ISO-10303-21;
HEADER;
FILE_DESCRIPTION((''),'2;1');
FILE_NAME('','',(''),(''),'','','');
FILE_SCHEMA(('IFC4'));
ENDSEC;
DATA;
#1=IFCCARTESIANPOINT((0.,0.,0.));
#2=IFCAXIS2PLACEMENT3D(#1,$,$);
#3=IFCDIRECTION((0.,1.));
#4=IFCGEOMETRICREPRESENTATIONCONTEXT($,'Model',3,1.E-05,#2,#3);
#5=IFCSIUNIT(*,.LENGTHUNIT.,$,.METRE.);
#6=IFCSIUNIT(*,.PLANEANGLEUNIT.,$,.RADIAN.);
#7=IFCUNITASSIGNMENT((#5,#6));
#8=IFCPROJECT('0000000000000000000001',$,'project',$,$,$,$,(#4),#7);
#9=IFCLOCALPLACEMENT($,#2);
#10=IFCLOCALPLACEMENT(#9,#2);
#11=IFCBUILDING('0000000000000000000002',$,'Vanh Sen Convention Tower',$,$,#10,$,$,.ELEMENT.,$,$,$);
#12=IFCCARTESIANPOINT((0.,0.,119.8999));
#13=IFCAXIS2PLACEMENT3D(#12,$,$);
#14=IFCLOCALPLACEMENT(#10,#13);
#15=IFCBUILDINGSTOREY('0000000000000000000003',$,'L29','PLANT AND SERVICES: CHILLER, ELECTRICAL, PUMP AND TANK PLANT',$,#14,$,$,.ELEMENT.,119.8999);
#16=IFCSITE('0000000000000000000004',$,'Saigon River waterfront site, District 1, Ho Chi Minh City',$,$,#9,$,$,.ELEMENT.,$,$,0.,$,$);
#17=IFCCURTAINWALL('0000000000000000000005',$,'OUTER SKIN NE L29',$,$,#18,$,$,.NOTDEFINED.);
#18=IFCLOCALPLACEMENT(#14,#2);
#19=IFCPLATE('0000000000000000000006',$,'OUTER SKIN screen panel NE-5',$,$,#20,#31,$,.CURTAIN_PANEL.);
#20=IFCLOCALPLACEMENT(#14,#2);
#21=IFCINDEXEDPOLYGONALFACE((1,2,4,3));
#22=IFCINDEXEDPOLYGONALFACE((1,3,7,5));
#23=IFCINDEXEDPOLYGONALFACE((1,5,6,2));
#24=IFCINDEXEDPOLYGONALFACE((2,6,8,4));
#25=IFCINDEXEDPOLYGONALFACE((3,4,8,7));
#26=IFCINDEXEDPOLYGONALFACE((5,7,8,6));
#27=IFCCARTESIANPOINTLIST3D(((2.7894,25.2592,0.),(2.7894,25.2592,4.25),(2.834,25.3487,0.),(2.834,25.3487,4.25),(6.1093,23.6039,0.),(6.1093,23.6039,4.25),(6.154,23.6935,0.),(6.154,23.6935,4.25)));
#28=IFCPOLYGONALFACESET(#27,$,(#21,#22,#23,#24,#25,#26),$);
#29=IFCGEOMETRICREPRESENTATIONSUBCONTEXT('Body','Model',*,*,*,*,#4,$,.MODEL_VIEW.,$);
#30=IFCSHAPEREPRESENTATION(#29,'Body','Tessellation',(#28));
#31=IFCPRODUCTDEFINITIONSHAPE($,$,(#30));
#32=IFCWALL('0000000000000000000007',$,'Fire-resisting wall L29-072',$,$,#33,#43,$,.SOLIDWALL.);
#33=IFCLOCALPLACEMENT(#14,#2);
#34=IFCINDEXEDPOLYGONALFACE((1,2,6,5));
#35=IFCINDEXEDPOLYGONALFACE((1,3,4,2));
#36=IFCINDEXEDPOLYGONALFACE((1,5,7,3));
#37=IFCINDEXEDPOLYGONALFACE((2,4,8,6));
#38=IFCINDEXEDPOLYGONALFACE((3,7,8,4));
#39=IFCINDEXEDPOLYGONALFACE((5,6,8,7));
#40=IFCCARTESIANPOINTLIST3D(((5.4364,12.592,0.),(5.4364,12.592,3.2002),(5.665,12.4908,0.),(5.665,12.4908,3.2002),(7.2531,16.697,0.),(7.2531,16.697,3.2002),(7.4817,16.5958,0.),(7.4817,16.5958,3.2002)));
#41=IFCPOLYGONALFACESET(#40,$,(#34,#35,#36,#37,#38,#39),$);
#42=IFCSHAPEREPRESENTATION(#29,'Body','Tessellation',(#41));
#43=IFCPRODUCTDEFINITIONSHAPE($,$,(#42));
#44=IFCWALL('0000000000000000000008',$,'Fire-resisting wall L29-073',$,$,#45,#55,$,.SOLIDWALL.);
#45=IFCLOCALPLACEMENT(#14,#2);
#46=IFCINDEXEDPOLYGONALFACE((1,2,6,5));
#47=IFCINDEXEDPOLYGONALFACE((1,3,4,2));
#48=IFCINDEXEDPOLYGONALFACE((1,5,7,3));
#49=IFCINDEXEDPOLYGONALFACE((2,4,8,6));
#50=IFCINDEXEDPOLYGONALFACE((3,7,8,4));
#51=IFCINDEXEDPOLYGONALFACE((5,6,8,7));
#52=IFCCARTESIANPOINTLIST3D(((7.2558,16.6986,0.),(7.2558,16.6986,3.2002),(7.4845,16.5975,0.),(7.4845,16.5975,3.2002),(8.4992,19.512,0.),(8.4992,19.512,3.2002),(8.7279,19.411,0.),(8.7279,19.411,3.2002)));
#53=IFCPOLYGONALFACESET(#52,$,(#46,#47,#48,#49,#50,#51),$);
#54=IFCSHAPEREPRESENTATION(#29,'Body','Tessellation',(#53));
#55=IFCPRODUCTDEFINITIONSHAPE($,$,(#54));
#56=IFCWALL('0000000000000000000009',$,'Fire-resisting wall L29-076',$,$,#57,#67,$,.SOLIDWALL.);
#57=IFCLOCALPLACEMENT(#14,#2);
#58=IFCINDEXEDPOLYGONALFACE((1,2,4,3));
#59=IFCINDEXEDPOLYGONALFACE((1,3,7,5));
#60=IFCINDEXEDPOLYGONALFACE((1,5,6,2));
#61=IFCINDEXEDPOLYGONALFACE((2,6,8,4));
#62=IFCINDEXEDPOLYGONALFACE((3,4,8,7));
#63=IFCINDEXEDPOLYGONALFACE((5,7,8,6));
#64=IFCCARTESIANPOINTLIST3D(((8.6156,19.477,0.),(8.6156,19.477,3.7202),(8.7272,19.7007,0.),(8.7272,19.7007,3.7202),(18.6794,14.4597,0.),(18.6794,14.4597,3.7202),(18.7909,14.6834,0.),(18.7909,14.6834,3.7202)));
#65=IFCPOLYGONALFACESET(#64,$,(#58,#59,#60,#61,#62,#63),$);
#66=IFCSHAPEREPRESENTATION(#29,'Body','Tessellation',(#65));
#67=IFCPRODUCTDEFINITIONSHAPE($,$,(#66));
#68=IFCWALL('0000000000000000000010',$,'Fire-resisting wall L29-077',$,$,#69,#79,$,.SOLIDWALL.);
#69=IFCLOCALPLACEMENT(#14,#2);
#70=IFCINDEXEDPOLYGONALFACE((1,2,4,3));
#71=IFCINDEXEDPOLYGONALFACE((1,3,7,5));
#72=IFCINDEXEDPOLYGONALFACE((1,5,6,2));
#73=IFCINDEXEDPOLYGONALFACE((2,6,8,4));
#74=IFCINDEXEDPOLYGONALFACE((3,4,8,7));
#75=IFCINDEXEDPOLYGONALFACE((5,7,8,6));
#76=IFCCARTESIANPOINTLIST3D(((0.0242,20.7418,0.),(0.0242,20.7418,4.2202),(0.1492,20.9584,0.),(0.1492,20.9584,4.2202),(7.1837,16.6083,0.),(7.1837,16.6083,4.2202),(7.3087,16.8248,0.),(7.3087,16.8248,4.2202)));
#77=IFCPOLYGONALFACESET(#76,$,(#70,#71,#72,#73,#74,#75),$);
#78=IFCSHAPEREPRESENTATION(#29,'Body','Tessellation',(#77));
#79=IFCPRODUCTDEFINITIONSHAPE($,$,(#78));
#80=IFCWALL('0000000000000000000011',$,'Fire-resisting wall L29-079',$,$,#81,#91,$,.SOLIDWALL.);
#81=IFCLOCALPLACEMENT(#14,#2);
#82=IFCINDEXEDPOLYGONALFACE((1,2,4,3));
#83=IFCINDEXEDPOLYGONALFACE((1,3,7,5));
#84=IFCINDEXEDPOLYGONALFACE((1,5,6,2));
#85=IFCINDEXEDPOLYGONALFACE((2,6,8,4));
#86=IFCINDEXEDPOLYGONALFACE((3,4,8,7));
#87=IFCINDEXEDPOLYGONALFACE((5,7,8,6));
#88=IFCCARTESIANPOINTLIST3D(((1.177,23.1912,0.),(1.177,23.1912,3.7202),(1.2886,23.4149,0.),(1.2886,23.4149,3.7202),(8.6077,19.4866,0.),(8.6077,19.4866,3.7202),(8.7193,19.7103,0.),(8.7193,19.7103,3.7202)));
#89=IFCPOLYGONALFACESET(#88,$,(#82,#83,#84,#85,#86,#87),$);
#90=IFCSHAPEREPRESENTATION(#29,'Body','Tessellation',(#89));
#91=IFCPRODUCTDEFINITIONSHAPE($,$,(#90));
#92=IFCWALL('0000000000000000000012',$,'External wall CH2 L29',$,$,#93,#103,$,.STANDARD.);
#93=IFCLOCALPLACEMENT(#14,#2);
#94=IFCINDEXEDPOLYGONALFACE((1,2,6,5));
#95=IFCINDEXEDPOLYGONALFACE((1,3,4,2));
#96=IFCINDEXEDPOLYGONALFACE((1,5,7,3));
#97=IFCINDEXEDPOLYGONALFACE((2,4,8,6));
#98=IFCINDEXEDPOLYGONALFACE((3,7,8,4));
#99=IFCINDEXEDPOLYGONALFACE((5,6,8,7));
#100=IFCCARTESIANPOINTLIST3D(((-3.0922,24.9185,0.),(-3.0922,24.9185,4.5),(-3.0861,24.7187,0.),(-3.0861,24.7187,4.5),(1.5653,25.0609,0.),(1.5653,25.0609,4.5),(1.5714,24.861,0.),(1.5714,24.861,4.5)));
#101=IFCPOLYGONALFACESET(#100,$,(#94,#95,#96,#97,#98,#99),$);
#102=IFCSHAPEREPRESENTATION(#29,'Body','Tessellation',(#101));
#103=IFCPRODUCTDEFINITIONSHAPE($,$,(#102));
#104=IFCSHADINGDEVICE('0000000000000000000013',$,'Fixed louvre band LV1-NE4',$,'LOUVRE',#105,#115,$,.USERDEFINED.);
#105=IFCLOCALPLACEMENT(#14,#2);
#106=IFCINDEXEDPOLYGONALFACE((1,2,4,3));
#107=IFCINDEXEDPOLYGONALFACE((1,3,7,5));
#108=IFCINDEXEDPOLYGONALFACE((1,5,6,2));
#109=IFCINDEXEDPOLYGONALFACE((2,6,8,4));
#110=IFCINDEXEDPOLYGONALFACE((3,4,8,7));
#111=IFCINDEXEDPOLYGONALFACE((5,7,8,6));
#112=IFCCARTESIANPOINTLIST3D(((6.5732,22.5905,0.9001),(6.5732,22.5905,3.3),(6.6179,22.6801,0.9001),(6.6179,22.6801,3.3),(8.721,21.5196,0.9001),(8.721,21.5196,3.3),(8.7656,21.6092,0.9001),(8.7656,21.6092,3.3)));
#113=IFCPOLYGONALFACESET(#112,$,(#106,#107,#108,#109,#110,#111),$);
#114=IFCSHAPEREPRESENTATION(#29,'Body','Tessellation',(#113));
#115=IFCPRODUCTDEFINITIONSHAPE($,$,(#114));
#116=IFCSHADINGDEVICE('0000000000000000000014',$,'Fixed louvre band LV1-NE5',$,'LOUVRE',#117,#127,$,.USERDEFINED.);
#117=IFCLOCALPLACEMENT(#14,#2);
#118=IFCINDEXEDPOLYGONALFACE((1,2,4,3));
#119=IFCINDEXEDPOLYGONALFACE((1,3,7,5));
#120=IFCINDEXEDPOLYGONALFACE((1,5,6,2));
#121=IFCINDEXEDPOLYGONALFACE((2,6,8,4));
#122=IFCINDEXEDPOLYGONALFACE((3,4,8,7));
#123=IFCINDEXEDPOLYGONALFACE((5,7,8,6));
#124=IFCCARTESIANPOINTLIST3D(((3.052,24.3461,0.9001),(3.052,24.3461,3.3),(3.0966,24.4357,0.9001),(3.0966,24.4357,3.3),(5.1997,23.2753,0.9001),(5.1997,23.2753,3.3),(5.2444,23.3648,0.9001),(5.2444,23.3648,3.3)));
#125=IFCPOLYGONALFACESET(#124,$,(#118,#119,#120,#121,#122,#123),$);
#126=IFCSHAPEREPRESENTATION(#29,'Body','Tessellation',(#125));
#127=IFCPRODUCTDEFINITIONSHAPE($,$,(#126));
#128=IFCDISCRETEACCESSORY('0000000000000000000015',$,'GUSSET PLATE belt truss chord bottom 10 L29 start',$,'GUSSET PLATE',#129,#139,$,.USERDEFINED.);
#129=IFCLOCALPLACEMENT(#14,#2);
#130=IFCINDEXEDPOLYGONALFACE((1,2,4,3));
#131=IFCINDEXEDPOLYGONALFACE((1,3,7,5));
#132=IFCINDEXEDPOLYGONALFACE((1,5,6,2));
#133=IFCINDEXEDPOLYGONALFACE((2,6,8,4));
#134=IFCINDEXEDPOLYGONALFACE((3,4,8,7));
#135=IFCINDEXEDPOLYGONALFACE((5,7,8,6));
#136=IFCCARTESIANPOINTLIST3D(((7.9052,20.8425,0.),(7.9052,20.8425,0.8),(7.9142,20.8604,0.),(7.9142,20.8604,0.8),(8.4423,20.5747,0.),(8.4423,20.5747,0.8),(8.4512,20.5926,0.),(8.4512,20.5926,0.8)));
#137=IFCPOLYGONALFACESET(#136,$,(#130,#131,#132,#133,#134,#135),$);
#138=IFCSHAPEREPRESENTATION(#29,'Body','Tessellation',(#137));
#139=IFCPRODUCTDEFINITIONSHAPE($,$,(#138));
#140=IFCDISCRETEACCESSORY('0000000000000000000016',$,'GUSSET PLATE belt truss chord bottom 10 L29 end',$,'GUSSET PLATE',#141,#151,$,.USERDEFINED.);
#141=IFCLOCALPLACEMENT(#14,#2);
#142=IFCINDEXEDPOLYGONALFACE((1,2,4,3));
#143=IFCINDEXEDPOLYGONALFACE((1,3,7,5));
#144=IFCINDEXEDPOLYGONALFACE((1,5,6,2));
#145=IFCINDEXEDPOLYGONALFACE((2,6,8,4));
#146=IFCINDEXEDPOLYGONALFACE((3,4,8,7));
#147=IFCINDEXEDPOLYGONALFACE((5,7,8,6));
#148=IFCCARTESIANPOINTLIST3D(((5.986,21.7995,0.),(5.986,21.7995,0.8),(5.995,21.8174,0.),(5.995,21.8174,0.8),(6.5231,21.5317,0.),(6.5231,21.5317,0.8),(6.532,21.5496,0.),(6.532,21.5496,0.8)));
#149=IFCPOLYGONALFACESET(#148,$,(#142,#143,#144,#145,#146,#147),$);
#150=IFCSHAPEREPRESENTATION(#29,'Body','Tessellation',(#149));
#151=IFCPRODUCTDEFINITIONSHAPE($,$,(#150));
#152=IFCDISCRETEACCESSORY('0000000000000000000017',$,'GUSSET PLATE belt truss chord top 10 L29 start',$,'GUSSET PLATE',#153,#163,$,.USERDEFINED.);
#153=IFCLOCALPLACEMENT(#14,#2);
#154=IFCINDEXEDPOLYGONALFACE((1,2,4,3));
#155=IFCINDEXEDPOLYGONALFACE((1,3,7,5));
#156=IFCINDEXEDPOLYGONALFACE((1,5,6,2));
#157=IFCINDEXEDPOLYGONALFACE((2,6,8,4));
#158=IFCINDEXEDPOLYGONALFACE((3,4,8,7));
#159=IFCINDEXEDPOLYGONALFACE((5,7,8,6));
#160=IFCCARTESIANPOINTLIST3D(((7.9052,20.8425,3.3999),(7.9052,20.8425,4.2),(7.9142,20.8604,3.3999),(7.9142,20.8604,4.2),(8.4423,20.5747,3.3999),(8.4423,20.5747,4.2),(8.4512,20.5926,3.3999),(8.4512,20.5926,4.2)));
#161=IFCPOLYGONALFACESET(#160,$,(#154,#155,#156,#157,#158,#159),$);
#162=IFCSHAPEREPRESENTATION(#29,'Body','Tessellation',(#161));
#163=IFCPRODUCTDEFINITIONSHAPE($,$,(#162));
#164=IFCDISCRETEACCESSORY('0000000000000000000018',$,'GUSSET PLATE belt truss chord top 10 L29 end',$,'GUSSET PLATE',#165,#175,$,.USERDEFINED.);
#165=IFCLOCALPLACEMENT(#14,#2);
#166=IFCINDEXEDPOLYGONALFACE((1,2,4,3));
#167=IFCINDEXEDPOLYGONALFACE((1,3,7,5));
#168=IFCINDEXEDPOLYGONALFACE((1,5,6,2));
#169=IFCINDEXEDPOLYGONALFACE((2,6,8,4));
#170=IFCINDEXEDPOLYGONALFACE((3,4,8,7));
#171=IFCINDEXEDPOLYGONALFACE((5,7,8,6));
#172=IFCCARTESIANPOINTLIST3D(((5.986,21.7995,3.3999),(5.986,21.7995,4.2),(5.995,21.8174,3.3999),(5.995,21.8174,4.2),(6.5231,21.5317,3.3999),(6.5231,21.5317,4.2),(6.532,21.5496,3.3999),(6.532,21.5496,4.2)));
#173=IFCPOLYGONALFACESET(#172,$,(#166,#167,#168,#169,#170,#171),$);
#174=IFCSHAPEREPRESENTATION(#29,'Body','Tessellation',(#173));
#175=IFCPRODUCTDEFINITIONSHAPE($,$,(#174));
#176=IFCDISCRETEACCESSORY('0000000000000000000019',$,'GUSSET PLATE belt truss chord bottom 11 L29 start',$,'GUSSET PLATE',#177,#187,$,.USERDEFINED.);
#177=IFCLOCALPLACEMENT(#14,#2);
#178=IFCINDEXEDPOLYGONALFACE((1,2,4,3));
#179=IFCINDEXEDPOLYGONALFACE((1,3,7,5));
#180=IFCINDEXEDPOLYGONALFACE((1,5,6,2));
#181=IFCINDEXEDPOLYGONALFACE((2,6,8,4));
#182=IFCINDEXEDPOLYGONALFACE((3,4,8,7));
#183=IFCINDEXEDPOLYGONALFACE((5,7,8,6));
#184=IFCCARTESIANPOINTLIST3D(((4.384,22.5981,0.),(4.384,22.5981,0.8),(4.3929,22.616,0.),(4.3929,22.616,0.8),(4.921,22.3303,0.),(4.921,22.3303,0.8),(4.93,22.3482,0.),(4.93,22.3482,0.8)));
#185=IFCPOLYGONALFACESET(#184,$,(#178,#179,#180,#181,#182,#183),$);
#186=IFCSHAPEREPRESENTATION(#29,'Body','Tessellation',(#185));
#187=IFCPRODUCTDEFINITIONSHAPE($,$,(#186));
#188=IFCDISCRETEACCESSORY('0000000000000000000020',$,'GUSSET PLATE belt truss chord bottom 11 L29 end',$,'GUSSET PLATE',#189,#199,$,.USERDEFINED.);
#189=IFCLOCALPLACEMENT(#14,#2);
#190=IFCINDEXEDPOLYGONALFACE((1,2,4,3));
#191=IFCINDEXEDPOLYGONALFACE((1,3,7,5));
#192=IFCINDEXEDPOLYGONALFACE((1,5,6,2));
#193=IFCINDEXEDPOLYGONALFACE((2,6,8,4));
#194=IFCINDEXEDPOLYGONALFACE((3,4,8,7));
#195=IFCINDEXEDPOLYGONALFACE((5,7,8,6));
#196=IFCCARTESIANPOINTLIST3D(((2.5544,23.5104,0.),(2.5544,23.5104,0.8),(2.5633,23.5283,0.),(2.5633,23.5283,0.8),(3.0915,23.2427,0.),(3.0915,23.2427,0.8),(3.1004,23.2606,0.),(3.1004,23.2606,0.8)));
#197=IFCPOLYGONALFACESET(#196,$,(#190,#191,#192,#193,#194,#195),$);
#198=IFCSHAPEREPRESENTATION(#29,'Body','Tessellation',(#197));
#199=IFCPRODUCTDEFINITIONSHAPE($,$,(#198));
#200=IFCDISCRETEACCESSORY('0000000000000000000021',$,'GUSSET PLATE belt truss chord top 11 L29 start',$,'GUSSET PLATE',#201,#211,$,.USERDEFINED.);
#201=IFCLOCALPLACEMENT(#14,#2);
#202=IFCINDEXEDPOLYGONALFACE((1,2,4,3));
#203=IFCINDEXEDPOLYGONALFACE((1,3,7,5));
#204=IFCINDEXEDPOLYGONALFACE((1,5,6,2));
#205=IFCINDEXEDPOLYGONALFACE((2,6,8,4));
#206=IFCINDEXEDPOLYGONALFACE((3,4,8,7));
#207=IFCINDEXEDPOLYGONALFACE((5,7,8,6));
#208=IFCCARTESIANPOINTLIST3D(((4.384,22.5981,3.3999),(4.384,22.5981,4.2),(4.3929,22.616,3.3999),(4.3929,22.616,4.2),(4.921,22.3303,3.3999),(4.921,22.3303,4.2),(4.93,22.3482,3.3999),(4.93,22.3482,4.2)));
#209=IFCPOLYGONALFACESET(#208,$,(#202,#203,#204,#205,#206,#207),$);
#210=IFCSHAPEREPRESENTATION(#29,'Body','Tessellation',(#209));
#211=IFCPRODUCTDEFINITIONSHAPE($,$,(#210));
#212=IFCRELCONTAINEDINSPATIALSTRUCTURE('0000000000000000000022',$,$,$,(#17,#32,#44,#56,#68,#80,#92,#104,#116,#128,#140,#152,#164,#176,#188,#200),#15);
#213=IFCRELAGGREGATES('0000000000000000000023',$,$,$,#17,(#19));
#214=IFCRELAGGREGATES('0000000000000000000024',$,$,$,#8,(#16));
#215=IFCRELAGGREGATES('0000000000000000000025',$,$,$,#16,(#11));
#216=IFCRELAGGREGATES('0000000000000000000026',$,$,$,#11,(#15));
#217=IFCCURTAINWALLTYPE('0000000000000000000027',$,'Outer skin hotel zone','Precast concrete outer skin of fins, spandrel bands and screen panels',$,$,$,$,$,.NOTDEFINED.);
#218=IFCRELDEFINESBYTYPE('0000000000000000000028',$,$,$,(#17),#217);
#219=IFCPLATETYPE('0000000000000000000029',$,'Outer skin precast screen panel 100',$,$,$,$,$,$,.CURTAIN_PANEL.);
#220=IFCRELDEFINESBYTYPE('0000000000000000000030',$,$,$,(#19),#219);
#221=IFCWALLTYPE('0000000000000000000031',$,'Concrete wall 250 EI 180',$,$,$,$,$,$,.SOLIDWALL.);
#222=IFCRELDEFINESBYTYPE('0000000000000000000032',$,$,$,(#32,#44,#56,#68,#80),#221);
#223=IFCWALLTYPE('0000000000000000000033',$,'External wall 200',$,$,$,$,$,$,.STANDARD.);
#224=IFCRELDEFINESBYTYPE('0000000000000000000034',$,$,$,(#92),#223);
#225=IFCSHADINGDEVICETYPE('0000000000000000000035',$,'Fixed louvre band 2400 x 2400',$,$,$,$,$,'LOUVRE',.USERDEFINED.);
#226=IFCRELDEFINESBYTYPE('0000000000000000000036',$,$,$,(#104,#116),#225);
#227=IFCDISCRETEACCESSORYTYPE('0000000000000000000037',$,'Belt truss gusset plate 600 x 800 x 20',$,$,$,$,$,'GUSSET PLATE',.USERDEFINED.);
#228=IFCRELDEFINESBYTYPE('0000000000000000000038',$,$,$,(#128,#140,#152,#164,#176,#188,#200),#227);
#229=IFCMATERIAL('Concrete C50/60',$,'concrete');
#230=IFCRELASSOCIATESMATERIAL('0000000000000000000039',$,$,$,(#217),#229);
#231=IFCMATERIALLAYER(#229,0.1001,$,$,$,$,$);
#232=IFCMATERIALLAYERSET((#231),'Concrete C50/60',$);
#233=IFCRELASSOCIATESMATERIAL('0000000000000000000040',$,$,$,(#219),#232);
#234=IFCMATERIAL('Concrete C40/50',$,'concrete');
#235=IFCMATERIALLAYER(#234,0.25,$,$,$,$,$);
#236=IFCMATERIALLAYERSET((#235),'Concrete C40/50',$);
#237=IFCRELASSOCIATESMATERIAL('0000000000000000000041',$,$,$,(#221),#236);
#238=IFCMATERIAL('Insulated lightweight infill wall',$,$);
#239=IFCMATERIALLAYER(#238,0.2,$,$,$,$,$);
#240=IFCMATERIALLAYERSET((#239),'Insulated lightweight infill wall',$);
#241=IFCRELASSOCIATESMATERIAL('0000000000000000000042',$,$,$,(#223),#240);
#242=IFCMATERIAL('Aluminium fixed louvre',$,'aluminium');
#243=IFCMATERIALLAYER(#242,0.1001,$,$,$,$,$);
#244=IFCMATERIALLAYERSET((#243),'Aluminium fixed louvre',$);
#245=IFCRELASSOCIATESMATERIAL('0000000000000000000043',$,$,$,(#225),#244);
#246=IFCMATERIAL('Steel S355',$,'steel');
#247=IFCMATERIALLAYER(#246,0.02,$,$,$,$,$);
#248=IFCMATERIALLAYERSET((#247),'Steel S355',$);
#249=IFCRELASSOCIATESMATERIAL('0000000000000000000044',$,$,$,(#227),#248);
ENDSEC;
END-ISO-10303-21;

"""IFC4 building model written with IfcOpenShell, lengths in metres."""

from ifc_helpers import new_model, si_unit, direction, frame, frame_2d, origin, origin_2d, place, context, subcontext, project, spatial, rectangle, extrude, material, layer, layer_set, type_object, element, aggregate, save


model = new_model("IFC4")

# Units and contexts
model_context = context("Model", 3, precision=1e-05, world=origin(), true_north=direction((0.0, 1.0)))
body_context = subcontext(model_context, "Body", "Model", "MODEL_VIEW")
ifc_project = project(units=[si_unit("LENGTHUNIT", "METRE"), si_unit("PLANEANGLEUNIT", "RADIAN")], contexts=[model_context])

# Site, building, storey
site_placement = place(None, origin())
site = spatial("IfcSite", under=ifc_project, at=site_placement, Name="Saigon River waterfront site, District 1, Ho Chi Minh City", CompositionType="ELEMENT", RefElevation=0.0)
building_placement = place(site_placement, origin())
building = spatial("IfcBuilding", under=site, at=building_placement, Name="Vanh Sen Convention Tower", CompositionType="ELEMENT")
storey_placement = place(building_placement, frame((0.0, 0.0, 119.8999)))
storey = spatial("IfcBuildingStorey", under=building, at=storey_placement, Name="L29", Description="PLANT AND SERVICES: CHILLER, ELECTRICAL, PUMP AND TANK PLANT", CompositionType="ELEMENT", Elevation=119.8999)

# Shared definitions
ifc_material_1 = material(Name="Steel S355", Category="steel")

# Curtain wall
ifc_material_2 = material(Name="Concrete C50/60", Category="concrete")
curtain_wall_type = type_object("IfcCurtainWallType", Name="Outer skin hotel zone", Description="Precast concrete outer skin of fins, spandrel bands and screen panels", PredefinedType="NOTDEFINED", material=ifc_material_2)
curtain_wall_1_placement = place(storey_placement, origin())
curtain_wall_1 = element("IfcCurtainWall", 1, at=curtain_wall_1_placement, inside=storey, type_object=curtain_wall_type, Name="OUTER SKIN NE L29", PredefinedType="NOTDEFINED")

# Plate
ifc_layer_1 = layer(ifc_material_2, 0.1001)
ifc_layer_set_1 = layer_set([ifc_layer_1], Name="Concrete C50/60")
plate_type = type_object("IfcPlateType", Name="Outer skin precast screen panel 100", PredefinedType="CURTAIN_PANEL", material=ifc_layer_set_1)
plate_1_placement = place(storey_placement, frame((4.4717, 24.4763, 0.0), z_axis=(0.0, 0.0, 1.0), x_axis=(-0.894935, 0.446196, 0.0)))
plate_1 = element("IfcPlate", 2, at=plate_1_placement, type_object=plate_type, Name="OUTER SKIN screen panel NE-5", PredefinedType="CURTAIN_PANEL", context=body_context, shape_type="SweptSolid", body=[
    extrude(rectangle(XDim=3.7097, YDim=0.1001, at=origin_2d()), origin(), (0.0, 0.0, 1.0), 4.25),
])
aggregate(curtain_wall_1, [plate_1])

# Walls
ifc_material_3 = material(Name="Concrete C40/50", Category="concrete")
ifc_layer_2 = layer(ifc_material_3, 0.25)
ifc_layer_set_2 = layer_set([ifc_layer_2], Name="Concrete C40/50")
wall_type_1 = type_object("IfcWallType", Name="Concrete wall 250 EI 180", PredefinedType="SOLIDWALL", material=ifc_layer_set_2)
wall_1_placement = place(storey_placement, frame((7.3674, 16.6465, 0.0), z_axis=(0.0, 0.0, 1.0), x_axis=(-0.40469, -0.914454, 0.0)))
element("IfcWall", 3, at=wall_1_placement, inside=storey, type_object=wall_type_1, Name="Fire-resisting wall L29-072", PredefinedType="SOLIDWALL", context=body_context, shape_type="SweptSolid", body=[
    extrude(rectangle(XDim=4.489, YDim=0.25, at=frame_2d((2.2446, 0.0))), origin(), (0.0, 0.0, 1.0), 3.2002),
])
wall_2_placement = place(storey_placement, frame((7.3701, 16.6479, 0.0), z_axis=(0.0, 0.0, 1.0), x_axis=(0.40423, 0.914657, 0.0)))
element("IfcWall", 4, at=wall_2_placement, inside=storey, type_object=wall_type_1, Name="Fire-resisting wall L29-073", PredefinedType="SOLIDWALL", context=body_context, shape_type="SweptSolid", body=[
    extrude(rectangle(XDim=3.0759, YDim=0.25, at=frame_2d((1.5381, 0.0))), origin(), (0.0, 0.0, 1.0), 3.2002),
])
wall_3_placement = place(storey_placement, frame((8.6714, 19.5889, 0.0), z_axis=(0.0, 0.0, 1.0), x_axis=(0.894943, -0.44618, 0.0)))
element("IfcWall", 5, at=wall_3_placement, inside=storey, type_object=wall_type_1, Name="Fire-resisting wall L29-076", PredefinedType="SOLIDWALL", context=body_context, shape_type="SweptSolid", body=[
    extrude(rectangle(XDim=11.2451, YDim=0.25, at=frame_2d((5.6226, 0.0))), origin(), (0.0, 0.0, 1.0), 3.7202),
])
wall_4_placement = place(storey_placement, frame((0.0867, 20.8501, 0.0), z_axis=(0.0, 0.0, 1.0), x_axis=(0.866023, -0.500005, 0.0)))
element("IfcWall", 6, at=wall_4_placement, inside=storey, type_object=wall_type_1, Name="Fire-resisting wall L29-077", PredefinedType="SOLIDWALL", context=body_context, shape_type="SweptSolid", body=[
    extrude(rectangle(XDim=8.2671, YDim=0.25, at=frame_2d((4.1335, 0.0))), origin(), (0.0, 0.0, 1.0), 4.2202),
])
wall_5_placement = place(storey_placement, frame((1.2329, 23.303, 0.0), z_axis=(0.0, 0.0, 1.0), x_axis=(0.894944, -0.446178, 0.0)))
element("IfcWall", 7, at=wall_5_placement, inside=storey, type_object=wall_type_1, Name="Fire-resisting wall L29-079", PredefinedType="SOLIDWALL", context=body_context, shape_type="SweptSolid", body=[
    extrude(rectangle(XDim=8.303, YDim=0.25, at=frame_2d((4.1514, 0.0))), origin(), (0.0, 0.0, 1.0), 3.7202),
])
ifc_material_4 = material(Name="Insulated lightweight infill wall")
ifc_layer_3 = layer(ifc_material_4, 0.2)
ifc_layer_set_3 = layer_set([ifc_layer_3], Name="Insulated lightweight infill wall")
wall_type_2 = type_object("IfcWallType", Name="External wall 200", PredefinedType="STANDARD", material=ifc_layer_set_3)
wall_6_placement = place(storey_placement, frame((1.5684, 24.9609, 0.0), z_axis=(0.0, 0.0, 1.0), x_axis=(-0.999533, -0.030546, 0.0)))
element("IfcWall", 8, at=wall_6_placement, inside=storey, type_object=wall_type_2, Name="External wall CH2 L29", PredefinedType="STANDARD", context=body_context, shape_type="SweptSolid", body=[
    extrude(rectangle(XDim=4.6597, YDim=0.2, at=frame_2d((2.3298, 0.0))), origin(), (0.0, 0.0, 1.0), 4.5),
])

# Shading devices
ifc_material_5 = material(Name="Aluminium fixed louvre", Category="aluminium")
ifc_layer_4 = layer(ifc_material_5, 0.1001)
ifc_layer_set_4 = layer_set([ifc_layer_4], Name="Aluminium fixed louvre")
shading_device_type = type_object("IfcShadingDeviceType", Name="Fixed louvre band 2400 x 2400", ElementType="LOUVRE", PredefinedType="USERDEFINED", material=ifc_layer_set_4)
for number, where, z_axis, x_axis, name in (
    (9, (7.6694, 22.0999, 0.9001), (0.0, 0.0, 1.0), (-0.894934, 0.446199, 0.0), "Fixed louvre band LV1-NE4"),
    (10, (4.1482, 23.8555, 0.9001), (0.0, 0.0, 1.0), (-0.894934, 0.446199, 0.0), "Fixed louvre band LV1-NE5"),
):
    element("IfcShadingDevice", number, at=place(storey_placement, frame(where, z_axis=z_axis, x_axis=x_axis)), inside=storey, type_object=shading_device_type, Name=name, ObjectType="LOUVRE", PredefinedType="USERDEFINED", context=body_context, shape_type="SweptSolid", body=[
        extrude(rectangle(XDim=2.3999, YDim=0.1001, at=origin_2d()), origin(), (0.0, 0.0, 1.0), 2.3999),
    ])

# Discrete accessories
ifc_layer_5 = layer(ifc_material_1, 0.02)
ifc_layer_set_5 = layer_set([ifc_layer_5], Name="Steel S355")
discrete_accessory_type_1 = type_object("IfcDiscreteAccessoryType", Name="Belt truss gusset plate 600 x 800 x 20", ElementType="GUSSET PLATE", PredefinedType="USERDEFINED", material=ifc_layer_set_5)
for number, where, z_axis, x_axis, name in (
    (11, (8.1782, 20.7175, 0.0), (0.0, 0.0, 1.0), (-0.894935, 0.446196, 0.0), "GUSSET PLATE belt truss chord bottom 10 L29 start"),
    (12, (6.259, 21.6746, 0.0), (0.0, 0.0, 1.0), (0.894935, -0.446196, 0.0), "GUSSET PLATE belt truss chord bottom 10 L29 end"),
    (13, (8.1782, 20.7175, 3.3999), (0.0, 0.0, 1.0), (-0.894935, 0.446196, 0.0), "GUSSET PLATE belt truss chord top 10 L29 start"),
    (14, (6.259, 21.6746, 3.3999), (0.0, 0.0, 1.0), (0.894935, -0.446196, 0.0), "GUSSET PLATE belt truss chord top 10 L29 end"),
    (15, (4.657, 22.4731, 0.0), (0.0, 0.0, 1.0), (-0.894935, 0.446196, 0.0), "GUSSET PLATE belt truss chord bottom 11 L29 start"),
    (16, (2.8274, 23.3855, 0.0), (0.0, 0.0, 1.0), (0.894935, -0.446196, 0.0), "GUSSET PLATE belt truss chord bottom 11 L29 end"),
    (17, (4.657, 22.4731, 3.3999), (0.0, 0.0, 1.0), (-0.894935, 0.446196, 0.0), "GUSSET PLATE belt truss chord top 11 L29 start"),
):
    element("IfcDiscreteAccessory", number, at=place(storey_placement, frame(where, z_axis=z_axis, x_axis=x_axis)), inside=storey, type_object=discrete_accessory_type_1, Name=name, ObjectType="GUSSET PLATE", PredefinedType="USERDEFINED", context=body_context, shape_type="SweptSolid", body=[
        extrude(rectangle(XDim=0.6001, YDim=0.02, at=origin_2d()), origin(), (0.0, 0.0, 1.0), 0.8),
    ])

save(model, "model.ifc")
